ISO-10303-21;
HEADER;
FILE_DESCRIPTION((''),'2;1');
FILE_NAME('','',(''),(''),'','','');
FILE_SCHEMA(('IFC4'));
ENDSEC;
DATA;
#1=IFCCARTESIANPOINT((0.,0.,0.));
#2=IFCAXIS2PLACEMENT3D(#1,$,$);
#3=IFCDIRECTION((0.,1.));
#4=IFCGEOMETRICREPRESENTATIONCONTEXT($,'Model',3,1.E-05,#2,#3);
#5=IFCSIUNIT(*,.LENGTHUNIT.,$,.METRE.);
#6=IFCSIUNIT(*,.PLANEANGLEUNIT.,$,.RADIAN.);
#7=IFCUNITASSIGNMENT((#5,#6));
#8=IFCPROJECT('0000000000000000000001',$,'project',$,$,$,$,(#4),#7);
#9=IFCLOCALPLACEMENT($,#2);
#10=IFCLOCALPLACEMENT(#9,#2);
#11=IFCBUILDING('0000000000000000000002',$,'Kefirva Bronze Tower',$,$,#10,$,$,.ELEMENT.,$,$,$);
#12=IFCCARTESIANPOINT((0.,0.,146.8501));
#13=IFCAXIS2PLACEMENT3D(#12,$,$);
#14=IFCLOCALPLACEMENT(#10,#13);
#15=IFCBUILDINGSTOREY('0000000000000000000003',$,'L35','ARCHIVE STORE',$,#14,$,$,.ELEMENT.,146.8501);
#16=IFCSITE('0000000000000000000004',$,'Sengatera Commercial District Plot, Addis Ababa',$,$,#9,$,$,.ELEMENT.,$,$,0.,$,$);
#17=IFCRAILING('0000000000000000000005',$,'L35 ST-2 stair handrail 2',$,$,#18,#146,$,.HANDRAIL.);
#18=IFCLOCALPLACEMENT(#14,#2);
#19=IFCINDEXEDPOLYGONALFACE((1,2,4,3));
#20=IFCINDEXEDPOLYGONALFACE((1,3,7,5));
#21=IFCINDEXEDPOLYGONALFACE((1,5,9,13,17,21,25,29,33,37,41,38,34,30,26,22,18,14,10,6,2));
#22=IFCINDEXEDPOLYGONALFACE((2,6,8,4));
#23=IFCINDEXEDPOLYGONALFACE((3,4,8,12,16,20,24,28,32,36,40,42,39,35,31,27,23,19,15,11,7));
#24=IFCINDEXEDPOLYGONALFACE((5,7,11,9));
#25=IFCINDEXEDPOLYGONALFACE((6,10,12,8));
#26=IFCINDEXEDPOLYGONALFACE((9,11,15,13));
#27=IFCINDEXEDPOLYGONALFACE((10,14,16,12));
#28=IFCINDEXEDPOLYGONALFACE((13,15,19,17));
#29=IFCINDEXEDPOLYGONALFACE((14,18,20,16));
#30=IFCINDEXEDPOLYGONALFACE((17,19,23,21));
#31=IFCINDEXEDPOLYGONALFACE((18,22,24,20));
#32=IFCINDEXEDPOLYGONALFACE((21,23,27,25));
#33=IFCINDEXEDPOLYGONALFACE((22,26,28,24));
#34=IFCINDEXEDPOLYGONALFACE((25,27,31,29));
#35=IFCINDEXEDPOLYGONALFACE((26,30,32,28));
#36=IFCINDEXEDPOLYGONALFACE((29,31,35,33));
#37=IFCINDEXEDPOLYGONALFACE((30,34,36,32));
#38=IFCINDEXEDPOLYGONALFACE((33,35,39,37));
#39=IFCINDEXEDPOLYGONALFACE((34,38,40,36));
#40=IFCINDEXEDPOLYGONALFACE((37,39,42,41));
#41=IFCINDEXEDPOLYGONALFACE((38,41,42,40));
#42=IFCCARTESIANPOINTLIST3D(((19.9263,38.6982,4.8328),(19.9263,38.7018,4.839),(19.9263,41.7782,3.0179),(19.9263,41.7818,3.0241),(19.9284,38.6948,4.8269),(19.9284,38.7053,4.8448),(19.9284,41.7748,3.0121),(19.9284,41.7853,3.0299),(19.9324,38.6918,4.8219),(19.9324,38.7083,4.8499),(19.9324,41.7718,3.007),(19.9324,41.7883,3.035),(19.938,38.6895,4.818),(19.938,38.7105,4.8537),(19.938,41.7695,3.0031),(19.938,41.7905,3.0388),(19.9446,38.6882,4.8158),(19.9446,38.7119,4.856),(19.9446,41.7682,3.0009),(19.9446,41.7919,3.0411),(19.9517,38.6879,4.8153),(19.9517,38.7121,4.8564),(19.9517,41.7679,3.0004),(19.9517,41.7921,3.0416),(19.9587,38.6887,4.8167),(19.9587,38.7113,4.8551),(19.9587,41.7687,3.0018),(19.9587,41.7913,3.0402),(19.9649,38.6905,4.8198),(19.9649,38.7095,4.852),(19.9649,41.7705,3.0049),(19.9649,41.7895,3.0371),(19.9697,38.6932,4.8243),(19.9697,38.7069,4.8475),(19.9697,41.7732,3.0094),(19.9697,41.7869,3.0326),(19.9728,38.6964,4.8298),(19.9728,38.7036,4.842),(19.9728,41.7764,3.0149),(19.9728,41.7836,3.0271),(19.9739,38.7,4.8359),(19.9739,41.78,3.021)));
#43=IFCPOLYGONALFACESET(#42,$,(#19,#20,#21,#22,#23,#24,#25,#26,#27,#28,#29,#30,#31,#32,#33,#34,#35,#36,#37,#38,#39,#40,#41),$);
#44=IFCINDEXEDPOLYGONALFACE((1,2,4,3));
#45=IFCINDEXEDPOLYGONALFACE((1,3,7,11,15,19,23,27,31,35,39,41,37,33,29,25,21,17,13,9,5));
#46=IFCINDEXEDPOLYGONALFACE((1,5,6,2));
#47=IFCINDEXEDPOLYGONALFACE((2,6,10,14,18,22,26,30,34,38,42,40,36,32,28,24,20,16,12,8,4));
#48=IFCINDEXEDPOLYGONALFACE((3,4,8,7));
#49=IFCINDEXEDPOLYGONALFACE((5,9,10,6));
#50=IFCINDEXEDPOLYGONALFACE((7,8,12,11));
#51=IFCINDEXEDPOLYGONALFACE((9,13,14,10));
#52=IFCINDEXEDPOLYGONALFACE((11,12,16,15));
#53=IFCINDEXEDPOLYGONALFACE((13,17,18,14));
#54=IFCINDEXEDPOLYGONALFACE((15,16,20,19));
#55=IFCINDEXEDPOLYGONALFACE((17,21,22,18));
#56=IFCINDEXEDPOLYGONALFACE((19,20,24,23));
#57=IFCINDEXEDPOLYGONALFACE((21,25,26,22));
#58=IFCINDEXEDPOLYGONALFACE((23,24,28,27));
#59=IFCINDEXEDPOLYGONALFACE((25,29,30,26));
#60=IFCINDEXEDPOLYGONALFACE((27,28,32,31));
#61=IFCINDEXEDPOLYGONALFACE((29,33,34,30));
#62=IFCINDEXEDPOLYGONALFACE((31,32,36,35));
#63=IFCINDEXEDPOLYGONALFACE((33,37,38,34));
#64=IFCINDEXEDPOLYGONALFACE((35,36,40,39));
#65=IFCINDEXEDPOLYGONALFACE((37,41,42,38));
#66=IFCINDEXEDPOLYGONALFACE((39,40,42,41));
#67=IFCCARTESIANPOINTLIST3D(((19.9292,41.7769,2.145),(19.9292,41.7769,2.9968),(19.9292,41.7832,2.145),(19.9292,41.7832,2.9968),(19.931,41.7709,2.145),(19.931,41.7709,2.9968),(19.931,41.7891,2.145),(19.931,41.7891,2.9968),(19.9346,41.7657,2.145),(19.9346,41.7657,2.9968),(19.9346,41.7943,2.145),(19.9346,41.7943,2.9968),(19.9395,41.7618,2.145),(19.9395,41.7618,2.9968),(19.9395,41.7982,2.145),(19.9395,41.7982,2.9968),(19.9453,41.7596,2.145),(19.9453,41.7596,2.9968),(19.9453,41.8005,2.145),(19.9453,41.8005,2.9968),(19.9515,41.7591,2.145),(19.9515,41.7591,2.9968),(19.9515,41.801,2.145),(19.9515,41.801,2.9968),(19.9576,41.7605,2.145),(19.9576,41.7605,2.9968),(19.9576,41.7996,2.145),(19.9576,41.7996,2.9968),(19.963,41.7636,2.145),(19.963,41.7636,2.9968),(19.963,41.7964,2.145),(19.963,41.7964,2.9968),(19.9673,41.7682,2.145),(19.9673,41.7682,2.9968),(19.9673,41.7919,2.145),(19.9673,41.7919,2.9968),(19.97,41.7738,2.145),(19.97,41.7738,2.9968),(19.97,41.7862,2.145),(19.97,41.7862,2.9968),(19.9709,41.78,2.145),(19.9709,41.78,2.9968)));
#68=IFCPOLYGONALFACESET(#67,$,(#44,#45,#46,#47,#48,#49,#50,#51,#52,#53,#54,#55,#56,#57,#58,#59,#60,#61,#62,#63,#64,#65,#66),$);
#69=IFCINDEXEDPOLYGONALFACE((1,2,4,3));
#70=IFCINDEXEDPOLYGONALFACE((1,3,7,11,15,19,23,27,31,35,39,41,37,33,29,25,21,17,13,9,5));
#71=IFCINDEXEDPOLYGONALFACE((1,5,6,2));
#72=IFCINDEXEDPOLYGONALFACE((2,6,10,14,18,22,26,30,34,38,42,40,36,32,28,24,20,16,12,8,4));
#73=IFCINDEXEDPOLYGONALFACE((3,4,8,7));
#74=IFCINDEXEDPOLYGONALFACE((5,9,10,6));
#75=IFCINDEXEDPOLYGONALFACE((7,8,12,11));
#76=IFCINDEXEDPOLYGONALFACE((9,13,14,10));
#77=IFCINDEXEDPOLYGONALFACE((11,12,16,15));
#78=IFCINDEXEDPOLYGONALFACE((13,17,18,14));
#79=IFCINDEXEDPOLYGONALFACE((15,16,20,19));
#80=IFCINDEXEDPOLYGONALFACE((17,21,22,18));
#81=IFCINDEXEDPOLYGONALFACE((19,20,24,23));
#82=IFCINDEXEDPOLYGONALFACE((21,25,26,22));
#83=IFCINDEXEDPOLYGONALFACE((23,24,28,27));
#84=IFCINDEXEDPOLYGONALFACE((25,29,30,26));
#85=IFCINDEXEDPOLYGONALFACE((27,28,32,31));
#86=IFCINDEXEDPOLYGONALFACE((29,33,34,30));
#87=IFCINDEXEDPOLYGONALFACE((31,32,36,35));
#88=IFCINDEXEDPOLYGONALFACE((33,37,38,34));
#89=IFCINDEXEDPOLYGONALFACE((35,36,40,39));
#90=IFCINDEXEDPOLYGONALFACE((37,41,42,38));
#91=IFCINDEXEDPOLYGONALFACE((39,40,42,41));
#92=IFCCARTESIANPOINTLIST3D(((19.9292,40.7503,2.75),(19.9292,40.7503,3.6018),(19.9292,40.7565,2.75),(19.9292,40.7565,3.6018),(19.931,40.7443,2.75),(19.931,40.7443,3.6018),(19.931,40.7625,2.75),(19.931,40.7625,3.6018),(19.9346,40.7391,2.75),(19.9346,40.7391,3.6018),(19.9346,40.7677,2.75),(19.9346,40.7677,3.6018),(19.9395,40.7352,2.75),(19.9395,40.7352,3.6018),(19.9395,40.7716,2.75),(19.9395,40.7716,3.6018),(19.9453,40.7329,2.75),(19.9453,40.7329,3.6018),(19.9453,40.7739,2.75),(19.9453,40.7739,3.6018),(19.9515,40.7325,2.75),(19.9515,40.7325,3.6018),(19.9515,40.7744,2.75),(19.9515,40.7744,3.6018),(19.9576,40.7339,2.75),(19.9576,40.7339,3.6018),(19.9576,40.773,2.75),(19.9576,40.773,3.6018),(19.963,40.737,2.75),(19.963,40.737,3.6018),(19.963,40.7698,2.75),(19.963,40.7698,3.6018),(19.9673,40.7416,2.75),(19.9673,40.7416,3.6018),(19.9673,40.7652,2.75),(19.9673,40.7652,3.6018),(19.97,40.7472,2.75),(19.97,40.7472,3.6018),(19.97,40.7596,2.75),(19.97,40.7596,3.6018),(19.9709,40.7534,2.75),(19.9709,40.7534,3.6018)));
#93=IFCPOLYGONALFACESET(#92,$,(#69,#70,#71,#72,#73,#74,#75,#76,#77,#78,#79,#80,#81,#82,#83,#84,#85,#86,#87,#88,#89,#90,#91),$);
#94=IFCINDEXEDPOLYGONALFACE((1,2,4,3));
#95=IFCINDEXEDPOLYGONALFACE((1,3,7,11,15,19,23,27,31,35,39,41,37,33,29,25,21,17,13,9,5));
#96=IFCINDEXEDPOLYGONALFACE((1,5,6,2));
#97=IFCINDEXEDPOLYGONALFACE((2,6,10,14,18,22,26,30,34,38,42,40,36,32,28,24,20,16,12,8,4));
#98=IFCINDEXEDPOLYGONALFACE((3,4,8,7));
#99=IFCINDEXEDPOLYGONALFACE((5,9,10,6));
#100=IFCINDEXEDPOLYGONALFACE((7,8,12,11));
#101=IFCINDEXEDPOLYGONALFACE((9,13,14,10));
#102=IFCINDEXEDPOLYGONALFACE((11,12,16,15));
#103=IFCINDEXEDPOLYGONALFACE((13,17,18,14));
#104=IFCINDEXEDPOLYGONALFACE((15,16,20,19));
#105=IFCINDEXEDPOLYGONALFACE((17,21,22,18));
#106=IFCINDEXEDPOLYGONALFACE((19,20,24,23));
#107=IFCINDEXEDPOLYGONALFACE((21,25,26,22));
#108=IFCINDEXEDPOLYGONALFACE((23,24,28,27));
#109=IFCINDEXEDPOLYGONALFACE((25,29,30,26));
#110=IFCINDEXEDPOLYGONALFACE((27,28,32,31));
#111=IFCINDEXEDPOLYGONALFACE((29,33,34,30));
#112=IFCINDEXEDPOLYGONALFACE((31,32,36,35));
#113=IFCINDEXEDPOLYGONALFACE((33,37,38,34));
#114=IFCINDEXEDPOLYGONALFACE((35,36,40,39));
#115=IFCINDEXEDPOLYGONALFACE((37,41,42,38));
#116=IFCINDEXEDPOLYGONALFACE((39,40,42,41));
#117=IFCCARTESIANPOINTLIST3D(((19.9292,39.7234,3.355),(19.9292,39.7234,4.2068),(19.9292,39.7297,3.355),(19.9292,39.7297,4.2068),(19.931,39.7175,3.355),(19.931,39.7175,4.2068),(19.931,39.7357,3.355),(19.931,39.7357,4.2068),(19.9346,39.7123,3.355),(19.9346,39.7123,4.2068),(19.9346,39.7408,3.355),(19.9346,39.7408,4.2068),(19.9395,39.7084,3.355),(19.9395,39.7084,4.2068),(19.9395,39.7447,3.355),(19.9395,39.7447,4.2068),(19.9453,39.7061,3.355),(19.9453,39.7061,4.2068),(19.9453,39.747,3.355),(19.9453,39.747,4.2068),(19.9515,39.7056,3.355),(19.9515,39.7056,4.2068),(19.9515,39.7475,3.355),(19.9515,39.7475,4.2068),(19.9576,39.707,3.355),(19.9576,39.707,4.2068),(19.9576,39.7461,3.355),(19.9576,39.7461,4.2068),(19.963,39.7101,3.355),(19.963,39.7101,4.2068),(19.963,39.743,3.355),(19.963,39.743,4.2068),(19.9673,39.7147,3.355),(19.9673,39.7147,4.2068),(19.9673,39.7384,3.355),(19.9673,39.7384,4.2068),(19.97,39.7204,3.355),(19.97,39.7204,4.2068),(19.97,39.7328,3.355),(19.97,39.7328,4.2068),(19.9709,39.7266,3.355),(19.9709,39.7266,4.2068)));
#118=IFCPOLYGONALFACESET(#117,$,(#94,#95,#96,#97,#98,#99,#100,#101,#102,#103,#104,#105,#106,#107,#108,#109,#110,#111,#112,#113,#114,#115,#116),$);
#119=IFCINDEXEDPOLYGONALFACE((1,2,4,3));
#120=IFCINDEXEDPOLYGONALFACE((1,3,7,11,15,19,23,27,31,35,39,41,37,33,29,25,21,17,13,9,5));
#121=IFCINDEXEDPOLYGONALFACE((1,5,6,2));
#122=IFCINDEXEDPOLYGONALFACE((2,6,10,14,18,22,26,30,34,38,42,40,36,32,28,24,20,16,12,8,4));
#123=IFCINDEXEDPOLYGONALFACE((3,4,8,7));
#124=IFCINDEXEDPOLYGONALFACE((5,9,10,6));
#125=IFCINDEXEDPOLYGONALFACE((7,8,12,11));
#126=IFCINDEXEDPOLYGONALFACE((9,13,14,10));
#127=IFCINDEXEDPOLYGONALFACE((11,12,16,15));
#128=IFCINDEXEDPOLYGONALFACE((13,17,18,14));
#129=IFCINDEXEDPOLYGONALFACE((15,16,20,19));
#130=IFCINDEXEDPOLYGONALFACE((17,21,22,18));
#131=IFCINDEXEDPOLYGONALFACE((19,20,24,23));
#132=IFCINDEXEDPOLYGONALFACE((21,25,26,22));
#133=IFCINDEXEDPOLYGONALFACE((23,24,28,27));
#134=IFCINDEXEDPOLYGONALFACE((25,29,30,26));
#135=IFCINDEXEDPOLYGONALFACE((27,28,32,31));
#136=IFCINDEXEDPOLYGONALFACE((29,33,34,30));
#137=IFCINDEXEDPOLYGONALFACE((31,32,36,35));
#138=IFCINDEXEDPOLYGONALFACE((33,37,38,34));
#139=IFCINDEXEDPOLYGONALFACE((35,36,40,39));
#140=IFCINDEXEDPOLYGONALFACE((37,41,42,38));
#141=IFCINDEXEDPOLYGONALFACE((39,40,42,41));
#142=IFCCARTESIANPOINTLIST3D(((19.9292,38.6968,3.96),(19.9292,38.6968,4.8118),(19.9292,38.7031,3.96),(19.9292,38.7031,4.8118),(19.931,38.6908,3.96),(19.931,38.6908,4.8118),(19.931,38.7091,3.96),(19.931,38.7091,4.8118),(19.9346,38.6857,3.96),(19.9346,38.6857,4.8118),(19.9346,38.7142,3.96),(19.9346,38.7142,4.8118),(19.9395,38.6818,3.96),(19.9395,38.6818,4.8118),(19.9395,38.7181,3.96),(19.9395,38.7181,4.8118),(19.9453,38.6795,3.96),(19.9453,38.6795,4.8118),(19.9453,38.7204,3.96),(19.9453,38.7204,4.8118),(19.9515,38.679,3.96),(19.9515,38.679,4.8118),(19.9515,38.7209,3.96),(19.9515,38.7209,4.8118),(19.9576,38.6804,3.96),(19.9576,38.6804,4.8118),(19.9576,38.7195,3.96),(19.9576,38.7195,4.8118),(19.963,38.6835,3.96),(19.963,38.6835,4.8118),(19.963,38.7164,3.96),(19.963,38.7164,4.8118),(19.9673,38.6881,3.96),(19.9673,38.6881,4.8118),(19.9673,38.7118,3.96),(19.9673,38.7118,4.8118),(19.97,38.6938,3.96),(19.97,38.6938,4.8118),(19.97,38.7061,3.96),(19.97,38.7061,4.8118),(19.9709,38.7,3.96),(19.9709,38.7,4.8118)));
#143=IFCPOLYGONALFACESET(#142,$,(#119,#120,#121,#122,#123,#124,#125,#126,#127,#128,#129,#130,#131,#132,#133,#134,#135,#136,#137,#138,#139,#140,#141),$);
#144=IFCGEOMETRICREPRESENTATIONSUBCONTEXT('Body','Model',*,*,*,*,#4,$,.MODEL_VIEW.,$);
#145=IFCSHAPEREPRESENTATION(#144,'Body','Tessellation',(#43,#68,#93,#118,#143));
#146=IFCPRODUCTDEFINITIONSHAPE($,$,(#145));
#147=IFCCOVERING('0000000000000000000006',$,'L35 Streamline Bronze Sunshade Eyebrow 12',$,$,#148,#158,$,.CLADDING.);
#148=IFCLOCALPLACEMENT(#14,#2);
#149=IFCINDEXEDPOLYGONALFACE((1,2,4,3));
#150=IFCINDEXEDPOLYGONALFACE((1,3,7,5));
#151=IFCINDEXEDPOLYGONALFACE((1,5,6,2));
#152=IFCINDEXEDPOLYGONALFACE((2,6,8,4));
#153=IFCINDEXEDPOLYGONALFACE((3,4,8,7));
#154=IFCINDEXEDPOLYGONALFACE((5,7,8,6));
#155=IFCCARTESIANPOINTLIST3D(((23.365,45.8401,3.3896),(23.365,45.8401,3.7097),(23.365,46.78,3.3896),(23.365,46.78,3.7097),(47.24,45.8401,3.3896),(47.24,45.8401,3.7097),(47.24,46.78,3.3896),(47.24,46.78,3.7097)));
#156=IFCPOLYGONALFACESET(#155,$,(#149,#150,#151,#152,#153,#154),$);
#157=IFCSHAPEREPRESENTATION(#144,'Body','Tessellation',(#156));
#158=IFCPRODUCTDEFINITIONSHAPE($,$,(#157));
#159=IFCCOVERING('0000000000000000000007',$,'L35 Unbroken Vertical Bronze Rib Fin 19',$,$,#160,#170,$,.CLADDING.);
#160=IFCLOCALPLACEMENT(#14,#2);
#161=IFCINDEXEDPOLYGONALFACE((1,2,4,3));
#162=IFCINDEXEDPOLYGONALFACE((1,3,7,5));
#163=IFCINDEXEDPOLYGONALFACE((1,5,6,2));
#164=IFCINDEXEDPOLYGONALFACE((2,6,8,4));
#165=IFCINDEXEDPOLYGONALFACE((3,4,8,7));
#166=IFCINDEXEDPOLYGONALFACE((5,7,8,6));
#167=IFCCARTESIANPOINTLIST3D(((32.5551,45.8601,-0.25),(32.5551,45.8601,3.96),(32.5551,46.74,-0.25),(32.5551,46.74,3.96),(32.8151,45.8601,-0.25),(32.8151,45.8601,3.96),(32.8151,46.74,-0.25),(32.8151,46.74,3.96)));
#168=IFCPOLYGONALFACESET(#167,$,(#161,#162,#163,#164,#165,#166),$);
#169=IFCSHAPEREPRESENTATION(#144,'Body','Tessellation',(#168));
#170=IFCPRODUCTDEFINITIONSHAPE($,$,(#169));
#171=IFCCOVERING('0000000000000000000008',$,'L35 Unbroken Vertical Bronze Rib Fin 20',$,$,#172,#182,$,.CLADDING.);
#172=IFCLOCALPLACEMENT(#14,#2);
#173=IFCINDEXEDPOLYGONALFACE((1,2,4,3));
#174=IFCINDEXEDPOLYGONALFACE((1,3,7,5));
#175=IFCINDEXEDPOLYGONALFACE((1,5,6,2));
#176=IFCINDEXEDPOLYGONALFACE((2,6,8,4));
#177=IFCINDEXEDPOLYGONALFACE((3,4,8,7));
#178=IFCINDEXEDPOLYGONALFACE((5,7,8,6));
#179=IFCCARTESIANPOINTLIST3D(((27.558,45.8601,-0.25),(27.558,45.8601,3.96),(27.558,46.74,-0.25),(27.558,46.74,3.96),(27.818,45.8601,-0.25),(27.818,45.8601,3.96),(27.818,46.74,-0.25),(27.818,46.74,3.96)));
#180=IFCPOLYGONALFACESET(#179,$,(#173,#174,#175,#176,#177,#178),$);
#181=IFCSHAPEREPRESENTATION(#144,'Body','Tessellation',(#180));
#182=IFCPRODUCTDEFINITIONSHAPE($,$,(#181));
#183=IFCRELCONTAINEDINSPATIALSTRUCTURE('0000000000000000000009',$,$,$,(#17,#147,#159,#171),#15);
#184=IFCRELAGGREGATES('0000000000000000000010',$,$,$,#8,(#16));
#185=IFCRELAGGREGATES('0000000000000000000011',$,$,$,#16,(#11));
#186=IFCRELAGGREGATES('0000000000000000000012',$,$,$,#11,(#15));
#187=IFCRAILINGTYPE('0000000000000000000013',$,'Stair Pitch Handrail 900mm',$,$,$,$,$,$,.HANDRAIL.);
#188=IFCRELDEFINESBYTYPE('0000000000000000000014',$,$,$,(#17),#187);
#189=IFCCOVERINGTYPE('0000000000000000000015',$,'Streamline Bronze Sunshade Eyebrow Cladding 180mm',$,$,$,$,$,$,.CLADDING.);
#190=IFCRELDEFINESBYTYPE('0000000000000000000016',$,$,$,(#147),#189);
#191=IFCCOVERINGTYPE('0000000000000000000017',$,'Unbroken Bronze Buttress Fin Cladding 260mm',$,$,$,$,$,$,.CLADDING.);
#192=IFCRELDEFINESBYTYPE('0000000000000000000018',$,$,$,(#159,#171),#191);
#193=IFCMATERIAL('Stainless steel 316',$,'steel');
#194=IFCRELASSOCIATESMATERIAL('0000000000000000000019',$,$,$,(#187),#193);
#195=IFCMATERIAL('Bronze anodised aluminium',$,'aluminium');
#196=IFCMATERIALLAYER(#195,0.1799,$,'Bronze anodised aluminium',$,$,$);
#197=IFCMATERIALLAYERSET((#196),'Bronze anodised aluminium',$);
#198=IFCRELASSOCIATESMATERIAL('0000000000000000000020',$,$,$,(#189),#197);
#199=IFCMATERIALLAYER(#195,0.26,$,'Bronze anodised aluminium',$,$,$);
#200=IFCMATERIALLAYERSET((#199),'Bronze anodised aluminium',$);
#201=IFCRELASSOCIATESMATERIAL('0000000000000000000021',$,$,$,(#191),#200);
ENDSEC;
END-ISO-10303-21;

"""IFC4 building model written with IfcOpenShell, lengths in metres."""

from ifc_helpers import new_model, si_unit, direction, frame, origin, origin_2d, place, context, subcontext, project, spatial, rectangle, circle, extrude, material, layer, layer_set, type_object, element, save


model = new_model("IFC4")

# Units and contexts
model_context = context("Model", 3, precision=1e-05, world=origin(), true_north=direction((0.0, 1.0)))
body_context = subcontext(model_context, "Body", "Model", "MODEL_VIEW")
ifc_project = project(units=[si_unit("LENGTHUNIT", "METRE"), si_unit("PLANEANGLEUNIT", "RADIAN")], contexts=[model_context])

# Site, building, storey
site_placement = place(None, origin())
site = spatial("IfcSite", under=ifc_project, at=site_placement, Name="Sengatera Commercial District Plot, Addis Ababa", CompositionType="ELEMENT", RefElevation=0.0)
building_placement = place(site_placement, origin())
building = spatial("IfcBuilding", under=site, at=building_placement, Name="Kefirva Bronze Tower", CompositionType="ELEMENT")
storey_placement = place(building_placement, frame((0.0, 0.0, 146.8501)))
storey = spatial("IfcBuildingStorey", under=building, at=storey_placement, Name="L35", Description="ARCHIVE STORE", CompositionType="ELEMENT", Elevation=146.8501)

# Shared definitions
ifc_material_1 = material(Name="Bronze anodised aluminium", Category="aluminium")

# Railing
ifc_material_2 = material(Name="Stainless steel 316", Category="steel")
railing_type_1 = type_object("IfcRailingType", Name="Stair Pitch Handrail 900mm", PredefinedType="HANDRAIL", material=ifc_material_2)
railing_1_placement = place(storey_placement, frame((19.95, 41.78, 2.145)))
element("IfcRailing", 1, at=railing_1_placement, inside=storey, type_object=railing_type_1, Name="L35 ST-2 stair handrail 2", PredefinedType="HANDRAIL", context=body_context, shape_type="SweptSolid", body=[
    extrude(circle(Radius=0.0239, at=origin_2d()), frame((0.0, 0.0, 0.876), z_axis=(0.0, -0.861551, 0.507671), x_axis=(1.0, 0.0, 0.0)), (0.0, 0.0, 1.0), 3.575),
    extrude(circle(Radius=0.021, at=origin_2d()), origin(), (0.0, 0.0, 1.0), 0.8518),
    extrude(circle(Radius=0.021, at=origin_2d()), frame((0.0, -1.0266, 0.605)), (0.0, 0.0, 1.0), 0.8518),
    extrude(circle(Radius=0.021, at=origin_2d()), frame((0.0, -2.0535, 1.21)), (0.0, 0.0, 1.0), 0.8518),
    extrude(circle(Radius=0.021, at=origin_2d()), frame((0.0, -3.0801, 1.8149)), (0.0, 0.0, 1.0), 0.8518),
])

# Coverings
ifc_layer_1 = layer(ifc_material_1, 0.1799, Name="Bronze anodised aluminium")
ifc_layer_set_1 = layer_set([ifc_layer_1], Name="Bronze anodised aluminium")
covering_type_1 = type_object("IfcCoveringType", Name="Streamline Bronze Sunshade Eyebrow Cladding 180mm", PredefinedType="CLADDING", material=ifc_layer_set_1)
covering_1_placement = place(storey_placement, frame((35.3025, 46.3101, 3.3896), z_axis=(0.0, 0.0, 1.0), x_axis=(-1.0, 0.0, 0.0)))
element("IfcCovering", 2, at=covering_1_placement, inside=storey, type_object=covering_type_1, Name="L35 Streamline Bronze Sunshade Eyebrow 12", PredefinedType="CLADDING", context=body_context, shape_type="SweptSolid", body=[
    extrude(rectangle(XDim=23.875, YDim=0.9399, at=origin_2d()), origin(), (0.0, 0.0, 1.0), 0.3201),
])
ifc_layer_2 = layer(ifc_material_1, 0.26, Name="Bronze anodised aluminium")
ifc_layer_set_2 = layer_set([ifc_layer_2], Name="Bronze anodised aluminium")
covering_type_2 = type_object("IfcCoveringType", Name="Unbroken Bronze Buttress Fin Cladding 260mm", PredefinedType="CLADDING", material=ifc_layer_set_2)
for number, where, z_axis, x_axis, name in (
    (3, (32.6851, 46.3, -0.25), (0.0, 0.0, 1.0), (-1.0, 0.0, 0.0), "L35 Unbroken Vertical Bronze Rib Fin 19"),
    (4, (27.688, 46.3, -0.25), (0.0, 0.0, 1.0), (-1.0, 0.0, 0.0), "L35 Unbroken Vertical Bronze Rib Fin 20"),
):
    element("IfcCovering", number, at=place(storey_placement, frame(where, z_axis=z_axis, x_axis=x_axis)), inside=storey, type_object=covering_type_2, Name=name, PredefinedType="CLADDING", context=body_context, shape_type="SweptSolid", body=[
        extrude(rectangle(XDim=0.26, YDim=0.8799, at=origin_2d()), origin(), (0.0, 0.0, 1.0), 4.21),
    ])

save(model, "model.ifc")
